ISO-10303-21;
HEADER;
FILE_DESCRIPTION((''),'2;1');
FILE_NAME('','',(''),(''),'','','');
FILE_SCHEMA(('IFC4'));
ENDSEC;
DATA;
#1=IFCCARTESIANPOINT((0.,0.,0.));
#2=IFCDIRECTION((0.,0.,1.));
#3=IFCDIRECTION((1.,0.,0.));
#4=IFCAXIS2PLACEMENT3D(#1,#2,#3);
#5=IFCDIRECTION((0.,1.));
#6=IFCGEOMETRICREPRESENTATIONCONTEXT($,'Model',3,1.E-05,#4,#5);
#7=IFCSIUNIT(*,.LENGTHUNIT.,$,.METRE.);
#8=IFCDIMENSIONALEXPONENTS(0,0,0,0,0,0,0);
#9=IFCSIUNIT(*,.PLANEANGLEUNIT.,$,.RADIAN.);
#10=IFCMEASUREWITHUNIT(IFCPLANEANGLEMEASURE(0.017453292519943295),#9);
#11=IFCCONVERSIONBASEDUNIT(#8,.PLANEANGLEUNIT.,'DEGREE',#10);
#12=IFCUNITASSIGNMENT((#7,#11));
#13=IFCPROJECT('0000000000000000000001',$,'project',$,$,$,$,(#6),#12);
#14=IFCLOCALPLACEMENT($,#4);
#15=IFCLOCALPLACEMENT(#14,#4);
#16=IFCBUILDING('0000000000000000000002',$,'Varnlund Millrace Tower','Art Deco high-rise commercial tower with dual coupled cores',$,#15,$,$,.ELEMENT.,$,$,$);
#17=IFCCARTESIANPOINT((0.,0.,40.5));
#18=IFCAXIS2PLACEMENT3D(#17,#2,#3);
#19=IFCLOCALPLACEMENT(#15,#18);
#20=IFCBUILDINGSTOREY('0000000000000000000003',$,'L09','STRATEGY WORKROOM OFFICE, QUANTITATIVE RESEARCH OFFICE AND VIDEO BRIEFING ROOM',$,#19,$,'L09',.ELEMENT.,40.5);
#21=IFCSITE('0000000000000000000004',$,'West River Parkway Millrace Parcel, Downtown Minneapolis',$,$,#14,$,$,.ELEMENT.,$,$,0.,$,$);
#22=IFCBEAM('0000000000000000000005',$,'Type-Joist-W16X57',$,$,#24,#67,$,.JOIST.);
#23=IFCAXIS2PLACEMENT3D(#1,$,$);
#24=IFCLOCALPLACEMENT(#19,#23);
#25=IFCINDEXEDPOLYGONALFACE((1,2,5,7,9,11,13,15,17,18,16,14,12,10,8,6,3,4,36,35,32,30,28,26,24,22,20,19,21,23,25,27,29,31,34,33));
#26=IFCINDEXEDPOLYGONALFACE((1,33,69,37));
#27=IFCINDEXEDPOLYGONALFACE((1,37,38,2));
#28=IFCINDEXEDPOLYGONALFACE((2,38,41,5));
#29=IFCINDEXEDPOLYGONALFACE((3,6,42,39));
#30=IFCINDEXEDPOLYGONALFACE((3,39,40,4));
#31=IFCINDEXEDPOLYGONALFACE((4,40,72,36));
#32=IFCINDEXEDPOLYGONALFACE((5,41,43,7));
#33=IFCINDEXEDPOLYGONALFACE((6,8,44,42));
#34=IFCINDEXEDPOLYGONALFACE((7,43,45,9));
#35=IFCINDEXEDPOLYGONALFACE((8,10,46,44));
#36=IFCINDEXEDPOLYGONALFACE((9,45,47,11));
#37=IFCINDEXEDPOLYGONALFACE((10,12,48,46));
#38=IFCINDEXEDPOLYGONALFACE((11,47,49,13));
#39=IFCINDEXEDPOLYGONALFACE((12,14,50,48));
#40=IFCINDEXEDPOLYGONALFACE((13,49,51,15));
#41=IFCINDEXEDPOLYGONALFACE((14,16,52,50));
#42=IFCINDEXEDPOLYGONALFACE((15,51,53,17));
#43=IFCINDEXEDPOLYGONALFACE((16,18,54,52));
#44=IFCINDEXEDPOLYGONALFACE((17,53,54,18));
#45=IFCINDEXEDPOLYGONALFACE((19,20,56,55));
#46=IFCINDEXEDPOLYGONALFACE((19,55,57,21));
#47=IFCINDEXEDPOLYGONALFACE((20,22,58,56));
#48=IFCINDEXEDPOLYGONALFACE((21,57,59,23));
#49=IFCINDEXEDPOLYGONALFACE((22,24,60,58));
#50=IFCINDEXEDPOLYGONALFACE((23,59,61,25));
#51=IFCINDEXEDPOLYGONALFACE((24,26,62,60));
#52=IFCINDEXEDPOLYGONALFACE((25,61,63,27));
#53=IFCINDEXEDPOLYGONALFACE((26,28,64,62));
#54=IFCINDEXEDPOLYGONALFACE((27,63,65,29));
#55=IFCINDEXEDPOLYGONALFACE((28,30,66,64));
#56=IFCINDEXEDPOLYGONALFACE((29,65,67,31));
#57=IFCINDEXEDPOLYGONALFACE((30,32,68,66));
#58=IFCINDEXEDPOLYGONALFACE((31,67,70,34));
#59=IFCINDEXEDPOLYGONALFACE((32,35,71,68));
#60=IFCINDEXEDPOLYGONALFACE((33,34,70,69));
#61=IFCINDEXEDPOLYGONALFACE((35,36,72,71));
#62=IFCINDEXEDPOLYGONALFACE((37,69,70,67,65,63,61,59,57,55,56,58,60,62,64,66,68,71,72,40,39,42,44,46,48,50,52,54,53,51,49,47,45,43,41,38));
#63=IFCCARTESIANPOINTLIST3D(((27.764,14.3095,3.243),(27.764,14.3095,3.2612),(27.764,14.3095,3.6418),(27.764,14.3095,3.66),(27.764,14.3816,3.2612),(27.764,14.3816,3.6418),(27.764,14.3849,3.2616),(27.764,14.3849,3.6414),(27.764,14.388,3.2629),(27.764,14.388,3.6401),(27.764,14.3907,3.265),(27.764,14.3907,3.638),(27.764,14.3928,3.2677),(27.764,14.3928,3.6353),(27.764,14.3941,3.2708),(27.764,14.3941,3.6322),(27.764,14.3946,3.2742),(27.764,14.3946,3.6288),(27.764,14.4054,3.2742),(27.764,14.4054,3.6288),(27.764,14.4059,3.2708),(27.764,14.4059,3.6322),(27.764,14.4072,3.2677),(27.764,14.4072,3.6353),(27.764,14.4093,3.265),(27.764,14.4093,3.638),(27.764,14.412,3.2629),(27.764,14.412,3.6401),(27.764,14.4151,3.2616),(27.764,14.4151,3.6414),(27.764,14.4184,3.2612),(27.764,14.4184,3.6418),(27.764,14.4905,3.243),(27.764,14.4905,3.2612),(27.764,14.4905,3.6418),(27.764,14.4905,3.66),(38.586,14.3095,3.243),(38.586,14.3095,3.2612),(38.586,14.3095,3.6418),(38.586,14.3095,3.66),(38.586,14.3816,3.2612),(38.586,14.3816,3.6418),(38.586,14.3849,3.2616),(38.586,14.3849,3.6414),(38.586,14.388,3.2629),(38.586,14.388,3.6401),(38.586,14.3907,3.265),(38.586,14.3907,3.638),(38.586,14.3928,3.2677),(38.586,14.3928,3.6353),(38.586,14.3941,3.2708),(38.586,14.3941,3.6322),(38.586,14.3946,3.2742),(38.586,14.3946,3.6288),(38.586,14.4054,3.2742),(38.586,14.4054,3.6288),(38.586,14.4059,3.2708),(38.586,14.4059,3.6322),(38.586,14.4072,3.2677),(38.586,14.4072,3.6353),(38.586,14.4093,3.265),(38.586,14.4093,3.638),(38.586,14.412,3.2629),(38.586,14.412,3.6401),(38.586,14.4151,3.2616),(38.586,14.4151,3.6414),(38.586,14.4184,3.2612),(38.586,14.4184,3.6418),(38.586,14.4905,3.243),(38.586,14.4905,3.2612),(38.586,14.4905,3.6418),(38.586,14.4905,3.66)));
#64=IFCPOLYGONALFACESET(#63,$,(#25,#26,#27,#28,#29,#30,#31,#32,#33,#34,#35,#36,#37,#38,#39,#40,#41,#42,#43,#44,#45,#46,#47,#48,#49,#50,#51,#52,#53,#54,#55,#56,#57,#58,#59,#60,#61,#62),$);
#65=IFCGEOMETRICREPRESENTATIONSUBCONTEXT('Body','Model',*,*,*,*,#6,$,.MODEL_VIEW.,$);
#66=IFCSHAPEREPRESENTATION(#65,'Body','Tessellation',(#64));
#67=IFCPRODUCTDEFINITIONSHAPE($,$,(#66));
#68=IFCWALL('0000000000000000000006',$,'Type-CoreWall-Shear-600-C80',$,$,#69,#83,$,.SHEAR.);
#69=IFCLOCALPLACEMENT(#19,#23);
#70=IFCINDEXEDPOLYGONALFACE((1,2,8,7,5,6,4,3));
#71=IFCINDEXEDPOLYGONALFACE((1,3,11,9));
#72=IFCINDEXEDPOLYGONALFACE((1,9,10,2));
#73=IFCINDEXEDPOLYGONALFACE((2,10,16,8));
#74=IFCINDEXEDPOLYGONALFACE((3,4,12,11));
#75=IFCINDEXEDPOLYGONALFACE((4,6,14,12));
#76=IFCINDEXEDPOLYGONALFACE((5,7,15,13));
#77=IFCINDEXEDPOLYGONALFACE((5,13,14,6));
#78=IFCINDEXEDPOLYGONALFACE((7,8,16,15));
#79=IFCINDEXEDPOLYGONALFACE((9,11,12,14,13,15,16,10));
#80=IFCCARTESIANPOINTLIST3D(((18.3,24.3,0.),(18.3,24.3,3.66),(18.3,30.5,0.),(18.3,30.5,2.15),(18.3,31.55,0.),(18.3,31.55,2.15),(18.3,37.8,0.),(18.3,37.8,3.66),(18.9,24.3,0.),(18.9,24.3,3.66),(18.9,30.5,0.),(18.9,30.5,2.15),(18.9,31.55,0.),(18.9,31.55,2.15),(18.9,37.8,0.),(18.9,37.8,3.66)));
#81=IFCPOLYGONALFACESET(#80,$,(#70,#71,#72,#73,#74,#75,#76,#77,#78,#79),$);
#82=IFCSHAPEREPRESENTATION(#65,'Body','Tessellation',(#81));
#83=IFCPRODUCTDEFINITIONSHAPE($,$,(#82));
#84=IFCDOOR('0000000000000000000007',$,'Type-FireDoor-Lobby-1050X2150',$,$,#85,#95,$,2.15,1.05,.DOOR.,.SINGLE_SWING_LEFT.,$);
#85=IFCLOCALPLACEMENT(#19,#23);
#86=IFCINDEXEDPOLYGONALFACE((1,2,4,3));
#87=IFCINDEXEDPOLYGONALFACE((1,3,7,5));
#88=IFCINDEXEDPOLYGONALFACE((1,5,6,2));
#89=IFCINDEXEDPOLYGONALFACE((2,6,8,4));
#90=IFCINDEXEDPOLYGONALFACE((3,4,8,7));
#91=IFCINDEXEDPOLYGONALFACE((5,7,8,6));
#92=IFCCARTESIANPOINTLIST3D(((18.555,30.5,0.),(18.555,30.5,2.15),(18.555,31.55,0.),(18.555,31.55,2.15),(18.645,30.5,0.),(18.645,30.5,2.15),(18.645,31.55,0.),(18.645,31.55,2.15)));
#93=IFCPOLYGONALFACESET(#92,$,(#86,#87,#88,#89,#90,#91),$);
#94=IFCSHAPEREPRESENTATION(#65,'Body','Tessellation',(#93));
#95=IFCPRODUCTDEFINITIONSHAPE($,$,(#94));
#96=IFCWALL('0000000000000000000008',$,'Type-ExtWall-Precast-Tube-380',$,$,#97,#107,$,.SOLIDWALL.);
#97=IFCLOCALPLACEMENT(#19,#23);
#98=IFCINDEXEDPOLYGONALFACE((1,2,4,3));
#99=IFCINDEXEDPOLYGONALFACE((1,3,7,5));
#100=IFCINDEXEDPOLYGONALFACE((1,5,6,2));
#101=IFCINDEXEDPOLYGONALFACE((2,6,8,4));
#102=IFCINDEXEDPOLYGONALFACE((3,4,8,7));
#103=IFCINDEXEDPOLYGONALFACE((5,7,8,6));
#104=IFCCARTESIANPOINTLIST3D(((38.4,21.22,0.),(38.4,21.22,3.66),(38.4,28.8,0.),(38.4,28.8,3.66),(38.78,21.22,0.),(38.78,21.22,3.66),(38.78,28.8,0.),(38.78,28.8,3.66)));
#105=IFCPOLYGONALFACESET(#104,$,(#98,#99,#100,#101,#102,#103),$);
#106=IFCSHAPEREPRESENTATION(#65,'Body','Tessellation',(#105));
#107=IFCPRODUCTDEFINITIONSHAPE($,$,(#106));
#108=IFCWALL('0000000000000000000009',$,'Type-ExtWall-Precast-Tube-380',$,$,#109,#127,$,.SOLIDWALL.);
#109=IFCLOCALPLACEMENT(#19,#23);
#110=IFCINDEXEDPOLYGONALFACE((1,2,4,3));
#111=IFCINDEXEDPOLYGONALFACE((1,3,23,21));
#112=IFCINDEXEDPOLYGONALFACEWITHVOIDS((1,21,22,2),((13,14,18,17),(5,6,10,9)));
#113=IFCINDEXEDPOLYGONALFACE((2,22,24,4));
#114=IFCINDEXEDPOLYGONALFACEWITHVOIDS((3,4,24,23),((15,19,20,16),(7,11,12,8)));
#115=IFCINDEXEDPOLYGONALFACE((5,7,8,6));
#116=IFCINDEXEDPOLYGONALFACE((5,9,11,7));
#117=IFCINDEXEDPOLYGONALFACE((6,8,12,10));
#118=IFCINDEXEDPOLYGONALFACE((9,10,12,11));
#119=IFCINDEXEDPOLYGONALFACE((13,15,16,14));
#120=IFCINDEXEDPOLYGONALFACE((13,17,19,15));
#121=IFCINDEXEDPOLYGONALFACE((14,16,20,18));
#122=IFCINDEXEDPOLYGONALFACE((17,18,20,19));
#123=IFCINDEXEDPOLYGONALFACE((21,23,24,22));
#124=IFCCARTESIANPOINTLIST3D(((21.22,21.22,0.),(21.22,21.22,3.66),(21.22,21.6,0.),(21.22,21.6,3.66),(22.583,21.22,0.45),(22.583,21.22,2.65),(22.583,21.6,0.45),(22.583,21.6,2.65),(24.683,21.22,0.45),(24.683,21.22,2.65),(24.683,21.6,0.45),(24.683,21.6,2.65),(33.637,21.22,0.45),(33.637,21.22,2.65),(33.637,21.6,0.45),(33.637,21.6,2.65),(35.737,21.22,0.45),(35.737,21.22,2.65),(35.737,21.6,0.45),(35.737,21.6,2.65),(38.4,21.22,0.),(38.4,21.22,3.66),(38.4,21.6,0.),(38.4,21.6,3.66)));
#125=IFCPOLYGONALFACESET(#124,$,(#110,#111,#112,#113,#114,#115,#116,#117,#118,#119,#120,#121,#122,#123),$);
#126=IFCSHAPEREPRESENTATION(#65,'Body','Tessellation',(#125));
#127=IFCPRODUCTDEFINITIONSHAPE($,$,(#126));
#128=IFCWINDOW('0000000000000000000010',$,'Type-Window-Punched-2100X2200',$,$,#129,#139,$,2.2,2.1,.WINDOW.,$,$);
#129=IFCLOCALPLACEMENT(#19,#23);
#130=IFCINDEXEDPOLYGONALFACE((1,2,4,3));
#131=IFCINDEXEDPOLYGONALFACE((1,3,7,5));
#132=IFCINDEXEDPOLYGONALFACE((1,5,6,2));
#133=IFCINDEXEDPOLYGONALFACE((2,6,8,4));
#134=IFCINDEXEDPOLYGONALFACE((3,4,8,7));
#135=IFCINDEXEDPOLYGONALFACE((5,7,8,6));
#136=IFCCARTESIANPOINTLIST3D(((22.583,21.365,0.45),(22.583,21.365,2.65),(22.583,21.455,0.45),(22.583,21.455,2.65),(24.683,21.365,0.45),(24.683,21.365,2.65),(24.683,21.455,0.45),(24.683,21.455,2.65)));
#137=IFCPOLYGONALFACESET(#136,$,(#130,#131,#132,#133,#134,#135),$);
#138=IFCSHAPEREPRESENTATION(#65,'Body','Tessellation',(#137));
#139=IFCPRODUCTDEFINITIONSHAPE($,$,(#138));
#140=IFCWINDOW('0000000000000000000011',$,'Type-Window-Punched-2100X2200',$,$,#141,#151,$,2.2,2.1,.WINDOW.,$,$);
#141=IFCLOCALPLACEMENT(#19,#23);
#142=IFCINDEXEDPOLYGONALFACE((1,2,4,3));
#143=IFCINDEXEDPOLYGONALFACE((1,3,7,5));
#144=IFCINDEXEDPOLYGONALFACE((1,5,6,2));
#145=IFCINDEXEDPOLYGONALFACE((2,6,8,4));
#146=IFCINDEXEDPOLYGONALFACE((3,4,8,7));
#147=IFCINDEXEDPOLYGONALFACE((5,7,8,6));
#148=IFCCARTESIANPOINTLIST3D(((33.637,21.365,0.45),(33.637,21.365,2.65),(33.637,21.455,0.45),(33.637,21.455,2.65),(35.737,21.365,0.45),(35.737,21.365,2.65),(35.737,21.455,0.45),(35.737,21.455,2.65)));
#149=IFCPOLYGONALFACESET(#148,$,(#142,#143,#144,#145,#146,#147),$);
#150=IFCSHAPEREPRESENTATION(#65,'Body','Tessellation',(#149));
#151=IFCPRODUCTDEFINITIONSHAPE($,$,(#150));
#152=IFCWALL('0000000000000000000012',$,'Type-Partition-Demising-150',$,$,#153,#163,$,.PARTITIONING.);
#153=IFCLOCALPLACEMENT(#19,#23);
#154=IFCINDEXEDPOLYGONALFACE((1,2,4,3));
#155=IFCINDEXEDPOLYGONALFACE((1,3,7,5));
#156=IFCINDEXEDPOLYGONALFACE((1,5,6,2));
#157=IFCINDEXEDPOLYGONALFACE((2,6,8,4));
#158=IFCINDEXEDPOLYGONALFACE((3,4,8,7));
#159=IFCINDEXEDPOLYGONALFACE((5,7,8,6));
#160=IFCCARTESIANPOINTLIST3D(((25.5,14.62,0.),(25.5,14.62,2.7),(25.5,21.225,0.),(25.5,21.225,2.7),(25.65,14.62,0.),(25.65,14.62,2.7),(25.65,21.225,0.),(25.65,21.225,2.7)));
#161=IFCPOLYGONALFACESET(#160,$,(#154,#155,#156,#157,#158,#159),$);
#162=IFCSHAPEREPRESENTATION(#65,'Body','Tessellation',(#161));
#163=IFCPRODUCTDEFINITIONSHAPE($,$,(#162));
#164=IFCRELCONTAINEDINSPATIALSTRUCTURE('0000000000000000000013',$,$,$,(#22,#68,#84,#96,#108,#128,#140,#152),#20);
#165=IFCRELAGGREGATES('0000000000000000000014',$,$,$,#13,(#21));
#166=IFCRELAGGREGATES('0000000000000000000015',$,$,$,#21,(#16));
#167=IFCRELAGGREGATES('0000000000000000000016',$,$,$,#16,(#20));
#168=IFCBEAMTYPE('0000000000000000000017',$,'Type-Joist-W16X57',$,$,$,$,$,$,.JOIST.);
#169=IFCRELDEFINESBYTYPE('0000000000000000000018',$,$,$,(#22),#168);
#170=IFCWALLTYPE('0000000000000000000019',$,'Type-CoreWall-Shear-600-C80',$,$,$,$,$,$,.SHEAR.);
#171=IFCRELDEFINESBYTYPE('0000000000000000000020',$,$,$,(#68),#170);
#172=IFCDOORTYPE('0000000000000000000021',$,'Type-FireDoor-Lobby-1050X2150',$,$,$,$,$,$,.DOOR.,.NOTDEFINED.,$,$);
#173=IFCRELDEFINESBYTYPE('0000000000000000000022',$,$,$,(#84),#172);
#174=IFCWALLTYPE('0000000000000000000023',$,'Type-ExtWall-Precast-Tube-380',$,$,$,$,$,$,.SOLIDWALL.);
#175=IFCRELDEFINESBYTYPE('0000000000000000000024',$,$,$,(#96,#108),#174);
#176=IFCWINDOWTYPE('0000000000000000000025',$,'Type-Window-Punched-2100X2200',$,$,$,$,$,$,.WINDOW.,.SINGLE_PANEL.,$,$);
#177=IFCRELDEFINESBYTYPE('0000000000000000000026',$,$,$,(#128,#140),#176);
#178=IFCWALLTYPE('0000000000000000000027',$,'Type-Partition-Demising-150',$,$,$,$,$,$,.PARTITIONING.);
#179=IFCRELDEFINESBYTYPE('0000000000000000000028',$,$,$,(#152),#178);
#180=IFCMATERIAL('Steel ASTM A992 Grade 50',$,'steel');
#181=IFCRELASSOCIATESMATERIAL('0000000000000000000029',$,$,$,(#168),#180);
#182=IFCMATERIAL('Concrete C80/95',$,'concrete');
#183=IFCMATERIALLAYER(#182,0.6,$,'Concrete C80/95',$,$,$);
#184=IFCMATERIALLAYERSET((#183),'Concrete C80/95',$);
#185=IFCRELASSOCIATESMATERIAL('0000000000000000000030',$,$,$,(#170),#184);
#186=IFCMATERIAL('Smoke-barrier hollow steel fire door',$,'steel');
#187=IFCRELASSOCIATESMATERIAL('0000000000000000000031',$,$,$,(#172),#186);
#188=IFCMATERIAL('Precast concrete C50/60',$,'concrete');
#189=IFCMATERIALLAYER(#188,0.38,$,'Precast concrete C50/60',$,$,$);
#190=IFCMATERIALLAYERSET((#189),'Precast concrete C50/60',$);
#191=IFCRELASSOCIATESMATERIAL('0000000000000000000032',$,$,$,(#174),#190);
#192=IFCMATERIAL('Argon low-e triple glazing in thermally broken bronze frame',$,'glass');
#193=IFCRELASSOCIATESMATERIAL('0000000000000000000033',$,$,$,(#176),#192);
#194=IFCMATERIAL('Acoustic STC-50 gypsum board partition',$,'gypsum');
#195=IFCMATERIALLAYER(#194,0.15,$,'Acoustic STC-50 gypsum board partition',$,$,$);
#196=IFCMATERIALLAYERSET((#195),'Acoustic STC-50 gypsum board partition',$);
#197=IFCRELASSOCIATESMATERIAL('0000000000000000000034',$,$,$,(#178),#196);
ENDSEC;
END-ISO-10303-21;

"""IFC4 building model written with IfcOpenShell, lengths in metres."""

from ifc_helpers import new_model, entity, si_unit, converted_unit, direction, frame, origin_with_axes, origin_2d_with_axis, place, context, subcontext, project, spatial, polyline, rectangle, i_section, outline, extrude, material, layer, layer_set, material_profile, profile_set, type_object, element, fill, save


model = new_model("IFC4")

# Units and contexts
model_context = context("Model", 3, precision=1e-05, world=origin_with_axes(), true_north=direction((0.0, 1.0)))
body_context = subcontext(model_context, "Body", "Model", "MODEL_VIEW")
ifc_project = project(units=[si_unit("LENGTHUNIT", "METRE"), converted_unit("PLANEANGLEUNIT", "DEGREE", entity("IfcPlaneAngleMeasure", 0.017453292519943295), si_unit("PLANEANGLEUNIT", "RADIAN"), dimensions=[0, 0, 0, 0, 0, 0, 0])], contexts=[model_context])

# Site, building, storey
site_placement = place(None, origin_with_axes())
site = spatial("IfcSite", under=ifc_project, at=site_placement, Name="West River Parkway Millrace Parcel, Downtown Minneapolis", CompositionType="ELEMENT", RefElevation=0.0)
building_placement = place(site_placement, origin_with_axes())
building = spatial("IfcBuilding", under=site, at=building_placement, Name="Varnlund Millrace Tower", Description="Art Deco high-rise commercial tower with dual coupled cores", CompositionType="ELEMENT")
storey_placement = place(building_placement, frame((0.0, 0.0, 40.5), z_axis=(0.0, 0.0, 1.0), x_axis=(1.0, 0.0, 0.0)))
storey = spatial("IfcBuildingStorey", under=building, at=storey_placement, Name="L09", Description="STRATEGY WORKROOM OFFICE, QUANTITATIVE RESEARCH OFFICE AND VIDEO BRIEFING ROOM", LongName="L09", CompositionType="ELEMENT", Elevation=40.5)

# Shared definitions
ifc_material_1 = material(Name="Concrete C80/95", Category="concrete")

# Beam
ifc_material_2 = material(Name="Steel ASTM A992 Grade 50", Category="steel")
ifc_material_profile_1 = material_profile(ifc_material_2, i_section(OverallWidth=0.181, OverallDepth=0.417, WebThickness=0.0109, FlangeThickness=0.0182, FilletRadius=0.013, at=origin_2d_with_axis()), Name="Steel ASTM A992 Grade 50")
ifc_profile_set_1 = profile_set([ifc_material_profile_1], Name="Steel ASTM A992 Grade 50")
beam_type_1 = type_object("IfcBeamType", Name="Type-Joist-W16X57", PredefinedType="JOIST", material=ifc_profile_set_1)
beam_1_placement = place(storey_placement, frame((27.764, 14.4, 3.4515), z_axis=(1.0, 0.0, 0.0), x_axis=(0.0, 1.0, 0.0)))
element("IfcBeam", 1, at=beam_1_placement, inside=storey, type_object=beam_type_1, Name="Type-Joist-W16X57", PredefinedType="JOIST", context=body_context, shape_type="SweptSolid", body=[
    extrude(i_section(OverallWidth=0.181, OverallDepth=0.417, WebThickness=0.0109, FlangeThickness=0.0182, FilletRadius=0.013, at=origin_2d_with_axis()), origin_with_axes(), (0.0, 0.0, 1.0), 10.822),
])

# Wall, opening, door
ifc_layer_1 = layer(ifc_material_1, 0.6, Name="Concrete C80/95")
ifc_layer_set_1 = layer_set([ifc_layer_1], Name="Concrete C80/95")
wall_type_1 = type_object("IfcWallType", Name="Type-CoreWall-Shear-600-C80", PredefinedType="SHEAR", material=ifc_layer_set_1)
wall_1_placement = place(storey_placement, frame((18.6, 24.3, 0.0), z_axis=(0.0, 0.0, 1.0), x_axis=(0.0, 1.0, 0.0)))
wall_1 = element("IfcWall", 2, at=wall_1_placement, inside=storey, type_object=wall_type_1, Name="Type-CoreWall-Shear-600-C80", PredefinedType="SHEAR", context=body_context, shape_type="SweptSolid", body=[
    extrude(outline(polyline([(0.0, -0.3), (13.5, -0.3), (13.5, 0.3), (0.0, 0.3), (0.0, -0.3)])), origin_with_axes(), (0.0, 0.0, 1.0), 3.66),
])
opening_1_placement = place(wall_1_placement, frame((6.725, 0.0, 0.0), z_axis=(0.0, 0.0, 1.0), x_axis=(1.0, 0.0, 0.0)))
opening_1 = element("IfcOpeningElement", 3, at=opening_1_placement, cuts=wall_1, PredefinedType="OPENING", context=body_context, shape_type="SweptSolid", body=[
    extrude(rectangle(XDim=1.05, YDim=0.62, at=origin_2d_with_axis()), origin_with_axes(), (0.0, 0.0, 1.0), 2.15),
])
ifc_material_3 = material(Name="Smoke-barrier hollow steel fire door", Category="steel")
door_type_1 = type_object("IfcDoorType", Name="Type-FireDoor-Lobby-1050X2150", OperationType="NOTDEFINED", PredefinedType="DOOR", material=ifc_material_3)
door_1_placement = place(wall_1_placement, frame((6.725, 0.0, 0.0), z_axis=(0.0, 0.0, 1.0), x_axis=(1.0, 0.0, 0.0)))
door_1 = element("IfcDoor", 4, at=door_1_placement, inside=storey, type_object=door_type_1, Name="Type-FireDoor-Lobby-1050X2150", OperationType="SINGLE_SWING_LEFT", OverallHeight=2.15, OverallWidth=1.05, PredefinedType="DOOR", context=body_context, shape_type="SweptSolid", body=[
    extrude(rectangle(XDim=1.05, YDim=0.09, at=origin_2d_with_axis()), origin_with_axes(), (0.0, 0.0, 1.0), 2.15),
])
fill(opening_1, door_1)

# Wall
ifc_material_4 = material(Name="Precast concrete C50/60", Category="concrete")
ifc_layer_2 = layer(ifc_material_4, 0.38, Name="Precast concrete C50/60")
ifc_layer_set_2 = layer_set([ifc_layer_2], Name="Precast concrete C50/60")
wall_type_2 = type_object("IfcWallType", Name="Type-ExtWall-Precast-Tube-380", PredefinedType="SOLIDWALL", material=ifc_layer_set_2)
wall_2_placement = place(storey_placement, frame((38.59, 21.22, 0.0), z_axis=(0.0, 0.0, 1.0), x_axis=(0.0, 1.0, 0.0)))
element("IfcWall", 5, at=wall_2_placement, inside=storey, type_object=wall_type_2, Name="Type-ExtWall-Precast-Tube-380", PredefinedType="SOLIDWALL", context=body_context, shape_type="SweptSolid", body=[
    extrude(outline(polyline([(0.0, -0.19), (7.58, -0.19), (7.58, 0.19), (0.0, 0.19), (0.0, -0.19)])), origin_with_axes(), (0.0, 0.0, 1.0), 3.66),
])

# Wall, openings, windows
wall_3_placement = place(storey_placement, frame((21.22, 21.41, 0.0), z_axis=(0.0, 0.0, 1.0), x_axis=(1.0, 0.0, 0.0)))
wall_3 = element("IfcWall", 6, at=wall_3_placement, inside=storey, type_object=wall_type_2, Name="Type-ExtWall-Precast-Tube-380", PredefinedType="SOLIDWALL", context=body_context, shape_type="SweptSolid", body=[
    extrude(outline(polyline([(0.0, -0.19), (17.18, -0.19), (17.18, 0.19), (0.0, 0.19), (0.0, -0.19)])), origin_with_axes(), (0.0, 0.0, 1.0), 3.66),
])
opening_2_placement = place(wall_3_placement, frame((2.413, 0.0, 0.45), z_axis=(0.0, 0.0, 1.0), x_axis=(1.0, 0.0, 0.0)))
opening_2 = element("IfcOpeningElement", 7, at=opening_2_placement, cuts=wall_3, PredefinedType="OPENING", context=body_context, shape_type="SweptSolid", body=[
    extrude(rectangle(XDim=2.1, YDim=0.4, at=origin_2d_with_axis()), origin_with_axes(), (0.0, 0.0, 1.0), 2.2),
])
opening_3_placement = place(wall_3_placement, frame((13.467, 0.0, 0.45), z_axis=(0.0, 0.0, 1.0), x_axis=(1.0, 0.0, 0.0)))
opening_3 = element("IfcOpeningElement", 8, at=opening_3_placement, cuts=wall_3, PredefinedType="OPENING", context=body_context, shape_type="SweptSolid", body=[
    extrude(rectangle(XDim=2.1, YDim=0.4, at=origin_2d_with_axis()), origin_with_axes(), (0.0, 0.0, 1.0), 2.2),
])
ifc_material_5 = material(Name="Argon low-e triple glazing in thermally broken bronze frame", Category="glass")
window_type = type_object("IfcWindowType", Name="Type-Window-Punched-2100X2200", PartitioningType="SINGLE_PANEL", PredefinedType="WINDOW", material=ifc_material_5)
window_1_placement = place(wall_3_placement, frame((2.413, 0.0, 0.45), z_axis=(0.0, 0.0, 1.0), x_axis=(1.0, 0.0, 0.0)))
window_1 = element("IfcWindow", 9, at=window_1_placement, inside=storey, type_object=window_type, Name="Type-Window-Punched-2100X2200", OverallHeight=2.2, OverallWidth=2.1, PredefinedType="WINDOW", context=body_context, shape_type="SweptSolid", body=[
    extrude(rectangle(XDim=2.1, YDim=0.09, at=origin_2d_with_axis()), origin_with_axes(), (0.0, 0.0, 1.0), 2.2),
])
fill(opening_2, window_1)
window_2_placement = place(wall_3_placement, frame((13.467, 0.0, 0.45), z_axis=(0.0, 0.0, 1.0), x_axis=(1.0, 0.0, 0.0)))
window_2 = element("IfcWindow", 10, at=window_2_placement, inside=storey, type_object=window_type, Name="Type-Window-Punched-2100X2200", OverallHeight=2.2, OverallWidth=2.1, PredefinedType="WINDOW", context=body_context, shape_type="SweptSolid", body=[
    extrude(rectangle(XDim=2.1, YDim=0.09, at=origin_2d_with_axis()), origin_with_axes(), (0.0, 0.0, 1.0), 2.2),
])
fill(opening_3, window_2)

# Wall
ifc_material_6 = material(Name="Acoustic STC-50 gypsum board partition", Category="gypsum")
ifc_layer_3 = layer(ifc_material_6, 0.15, Name="Acoustic STC-50 gypsum board partition")
ifc_layer_set_3 = layer_set([ifc_layer_3], Name="Acoustic STC-50 gypsum board partition")
wall_type_3 = type_object("IfcWallType", Name="Type-Partition-Demising-150", PredefinedType="PARTITIONING", material=ifc_layer_set_3)
wall_4_placement = place(storey_placement, frame((25.575, 14.62, 0.0), z_axis=(0.0, 0.0, 1.0), x_axis=(0.0, 1.0, 0.0)))
element("IfcWall", 11, at=wall_4_placement, inside=storey, type_object=wall_type_3, Name="Type-Partition-Demising-150", PredefinedType="PARTITIONING", context=body_context, shape_type="SweptSolid", body=[
    extrude(outline(polyline([(0.0, -0.075), (6.605, -0.075), (6.605, 0.075), (0.0, 0.075), (0.0, -0.075)])), origin_with_axes(), (0.0, 0.0, 1.0), 2.7),
])

save(model, "model.ifc")
